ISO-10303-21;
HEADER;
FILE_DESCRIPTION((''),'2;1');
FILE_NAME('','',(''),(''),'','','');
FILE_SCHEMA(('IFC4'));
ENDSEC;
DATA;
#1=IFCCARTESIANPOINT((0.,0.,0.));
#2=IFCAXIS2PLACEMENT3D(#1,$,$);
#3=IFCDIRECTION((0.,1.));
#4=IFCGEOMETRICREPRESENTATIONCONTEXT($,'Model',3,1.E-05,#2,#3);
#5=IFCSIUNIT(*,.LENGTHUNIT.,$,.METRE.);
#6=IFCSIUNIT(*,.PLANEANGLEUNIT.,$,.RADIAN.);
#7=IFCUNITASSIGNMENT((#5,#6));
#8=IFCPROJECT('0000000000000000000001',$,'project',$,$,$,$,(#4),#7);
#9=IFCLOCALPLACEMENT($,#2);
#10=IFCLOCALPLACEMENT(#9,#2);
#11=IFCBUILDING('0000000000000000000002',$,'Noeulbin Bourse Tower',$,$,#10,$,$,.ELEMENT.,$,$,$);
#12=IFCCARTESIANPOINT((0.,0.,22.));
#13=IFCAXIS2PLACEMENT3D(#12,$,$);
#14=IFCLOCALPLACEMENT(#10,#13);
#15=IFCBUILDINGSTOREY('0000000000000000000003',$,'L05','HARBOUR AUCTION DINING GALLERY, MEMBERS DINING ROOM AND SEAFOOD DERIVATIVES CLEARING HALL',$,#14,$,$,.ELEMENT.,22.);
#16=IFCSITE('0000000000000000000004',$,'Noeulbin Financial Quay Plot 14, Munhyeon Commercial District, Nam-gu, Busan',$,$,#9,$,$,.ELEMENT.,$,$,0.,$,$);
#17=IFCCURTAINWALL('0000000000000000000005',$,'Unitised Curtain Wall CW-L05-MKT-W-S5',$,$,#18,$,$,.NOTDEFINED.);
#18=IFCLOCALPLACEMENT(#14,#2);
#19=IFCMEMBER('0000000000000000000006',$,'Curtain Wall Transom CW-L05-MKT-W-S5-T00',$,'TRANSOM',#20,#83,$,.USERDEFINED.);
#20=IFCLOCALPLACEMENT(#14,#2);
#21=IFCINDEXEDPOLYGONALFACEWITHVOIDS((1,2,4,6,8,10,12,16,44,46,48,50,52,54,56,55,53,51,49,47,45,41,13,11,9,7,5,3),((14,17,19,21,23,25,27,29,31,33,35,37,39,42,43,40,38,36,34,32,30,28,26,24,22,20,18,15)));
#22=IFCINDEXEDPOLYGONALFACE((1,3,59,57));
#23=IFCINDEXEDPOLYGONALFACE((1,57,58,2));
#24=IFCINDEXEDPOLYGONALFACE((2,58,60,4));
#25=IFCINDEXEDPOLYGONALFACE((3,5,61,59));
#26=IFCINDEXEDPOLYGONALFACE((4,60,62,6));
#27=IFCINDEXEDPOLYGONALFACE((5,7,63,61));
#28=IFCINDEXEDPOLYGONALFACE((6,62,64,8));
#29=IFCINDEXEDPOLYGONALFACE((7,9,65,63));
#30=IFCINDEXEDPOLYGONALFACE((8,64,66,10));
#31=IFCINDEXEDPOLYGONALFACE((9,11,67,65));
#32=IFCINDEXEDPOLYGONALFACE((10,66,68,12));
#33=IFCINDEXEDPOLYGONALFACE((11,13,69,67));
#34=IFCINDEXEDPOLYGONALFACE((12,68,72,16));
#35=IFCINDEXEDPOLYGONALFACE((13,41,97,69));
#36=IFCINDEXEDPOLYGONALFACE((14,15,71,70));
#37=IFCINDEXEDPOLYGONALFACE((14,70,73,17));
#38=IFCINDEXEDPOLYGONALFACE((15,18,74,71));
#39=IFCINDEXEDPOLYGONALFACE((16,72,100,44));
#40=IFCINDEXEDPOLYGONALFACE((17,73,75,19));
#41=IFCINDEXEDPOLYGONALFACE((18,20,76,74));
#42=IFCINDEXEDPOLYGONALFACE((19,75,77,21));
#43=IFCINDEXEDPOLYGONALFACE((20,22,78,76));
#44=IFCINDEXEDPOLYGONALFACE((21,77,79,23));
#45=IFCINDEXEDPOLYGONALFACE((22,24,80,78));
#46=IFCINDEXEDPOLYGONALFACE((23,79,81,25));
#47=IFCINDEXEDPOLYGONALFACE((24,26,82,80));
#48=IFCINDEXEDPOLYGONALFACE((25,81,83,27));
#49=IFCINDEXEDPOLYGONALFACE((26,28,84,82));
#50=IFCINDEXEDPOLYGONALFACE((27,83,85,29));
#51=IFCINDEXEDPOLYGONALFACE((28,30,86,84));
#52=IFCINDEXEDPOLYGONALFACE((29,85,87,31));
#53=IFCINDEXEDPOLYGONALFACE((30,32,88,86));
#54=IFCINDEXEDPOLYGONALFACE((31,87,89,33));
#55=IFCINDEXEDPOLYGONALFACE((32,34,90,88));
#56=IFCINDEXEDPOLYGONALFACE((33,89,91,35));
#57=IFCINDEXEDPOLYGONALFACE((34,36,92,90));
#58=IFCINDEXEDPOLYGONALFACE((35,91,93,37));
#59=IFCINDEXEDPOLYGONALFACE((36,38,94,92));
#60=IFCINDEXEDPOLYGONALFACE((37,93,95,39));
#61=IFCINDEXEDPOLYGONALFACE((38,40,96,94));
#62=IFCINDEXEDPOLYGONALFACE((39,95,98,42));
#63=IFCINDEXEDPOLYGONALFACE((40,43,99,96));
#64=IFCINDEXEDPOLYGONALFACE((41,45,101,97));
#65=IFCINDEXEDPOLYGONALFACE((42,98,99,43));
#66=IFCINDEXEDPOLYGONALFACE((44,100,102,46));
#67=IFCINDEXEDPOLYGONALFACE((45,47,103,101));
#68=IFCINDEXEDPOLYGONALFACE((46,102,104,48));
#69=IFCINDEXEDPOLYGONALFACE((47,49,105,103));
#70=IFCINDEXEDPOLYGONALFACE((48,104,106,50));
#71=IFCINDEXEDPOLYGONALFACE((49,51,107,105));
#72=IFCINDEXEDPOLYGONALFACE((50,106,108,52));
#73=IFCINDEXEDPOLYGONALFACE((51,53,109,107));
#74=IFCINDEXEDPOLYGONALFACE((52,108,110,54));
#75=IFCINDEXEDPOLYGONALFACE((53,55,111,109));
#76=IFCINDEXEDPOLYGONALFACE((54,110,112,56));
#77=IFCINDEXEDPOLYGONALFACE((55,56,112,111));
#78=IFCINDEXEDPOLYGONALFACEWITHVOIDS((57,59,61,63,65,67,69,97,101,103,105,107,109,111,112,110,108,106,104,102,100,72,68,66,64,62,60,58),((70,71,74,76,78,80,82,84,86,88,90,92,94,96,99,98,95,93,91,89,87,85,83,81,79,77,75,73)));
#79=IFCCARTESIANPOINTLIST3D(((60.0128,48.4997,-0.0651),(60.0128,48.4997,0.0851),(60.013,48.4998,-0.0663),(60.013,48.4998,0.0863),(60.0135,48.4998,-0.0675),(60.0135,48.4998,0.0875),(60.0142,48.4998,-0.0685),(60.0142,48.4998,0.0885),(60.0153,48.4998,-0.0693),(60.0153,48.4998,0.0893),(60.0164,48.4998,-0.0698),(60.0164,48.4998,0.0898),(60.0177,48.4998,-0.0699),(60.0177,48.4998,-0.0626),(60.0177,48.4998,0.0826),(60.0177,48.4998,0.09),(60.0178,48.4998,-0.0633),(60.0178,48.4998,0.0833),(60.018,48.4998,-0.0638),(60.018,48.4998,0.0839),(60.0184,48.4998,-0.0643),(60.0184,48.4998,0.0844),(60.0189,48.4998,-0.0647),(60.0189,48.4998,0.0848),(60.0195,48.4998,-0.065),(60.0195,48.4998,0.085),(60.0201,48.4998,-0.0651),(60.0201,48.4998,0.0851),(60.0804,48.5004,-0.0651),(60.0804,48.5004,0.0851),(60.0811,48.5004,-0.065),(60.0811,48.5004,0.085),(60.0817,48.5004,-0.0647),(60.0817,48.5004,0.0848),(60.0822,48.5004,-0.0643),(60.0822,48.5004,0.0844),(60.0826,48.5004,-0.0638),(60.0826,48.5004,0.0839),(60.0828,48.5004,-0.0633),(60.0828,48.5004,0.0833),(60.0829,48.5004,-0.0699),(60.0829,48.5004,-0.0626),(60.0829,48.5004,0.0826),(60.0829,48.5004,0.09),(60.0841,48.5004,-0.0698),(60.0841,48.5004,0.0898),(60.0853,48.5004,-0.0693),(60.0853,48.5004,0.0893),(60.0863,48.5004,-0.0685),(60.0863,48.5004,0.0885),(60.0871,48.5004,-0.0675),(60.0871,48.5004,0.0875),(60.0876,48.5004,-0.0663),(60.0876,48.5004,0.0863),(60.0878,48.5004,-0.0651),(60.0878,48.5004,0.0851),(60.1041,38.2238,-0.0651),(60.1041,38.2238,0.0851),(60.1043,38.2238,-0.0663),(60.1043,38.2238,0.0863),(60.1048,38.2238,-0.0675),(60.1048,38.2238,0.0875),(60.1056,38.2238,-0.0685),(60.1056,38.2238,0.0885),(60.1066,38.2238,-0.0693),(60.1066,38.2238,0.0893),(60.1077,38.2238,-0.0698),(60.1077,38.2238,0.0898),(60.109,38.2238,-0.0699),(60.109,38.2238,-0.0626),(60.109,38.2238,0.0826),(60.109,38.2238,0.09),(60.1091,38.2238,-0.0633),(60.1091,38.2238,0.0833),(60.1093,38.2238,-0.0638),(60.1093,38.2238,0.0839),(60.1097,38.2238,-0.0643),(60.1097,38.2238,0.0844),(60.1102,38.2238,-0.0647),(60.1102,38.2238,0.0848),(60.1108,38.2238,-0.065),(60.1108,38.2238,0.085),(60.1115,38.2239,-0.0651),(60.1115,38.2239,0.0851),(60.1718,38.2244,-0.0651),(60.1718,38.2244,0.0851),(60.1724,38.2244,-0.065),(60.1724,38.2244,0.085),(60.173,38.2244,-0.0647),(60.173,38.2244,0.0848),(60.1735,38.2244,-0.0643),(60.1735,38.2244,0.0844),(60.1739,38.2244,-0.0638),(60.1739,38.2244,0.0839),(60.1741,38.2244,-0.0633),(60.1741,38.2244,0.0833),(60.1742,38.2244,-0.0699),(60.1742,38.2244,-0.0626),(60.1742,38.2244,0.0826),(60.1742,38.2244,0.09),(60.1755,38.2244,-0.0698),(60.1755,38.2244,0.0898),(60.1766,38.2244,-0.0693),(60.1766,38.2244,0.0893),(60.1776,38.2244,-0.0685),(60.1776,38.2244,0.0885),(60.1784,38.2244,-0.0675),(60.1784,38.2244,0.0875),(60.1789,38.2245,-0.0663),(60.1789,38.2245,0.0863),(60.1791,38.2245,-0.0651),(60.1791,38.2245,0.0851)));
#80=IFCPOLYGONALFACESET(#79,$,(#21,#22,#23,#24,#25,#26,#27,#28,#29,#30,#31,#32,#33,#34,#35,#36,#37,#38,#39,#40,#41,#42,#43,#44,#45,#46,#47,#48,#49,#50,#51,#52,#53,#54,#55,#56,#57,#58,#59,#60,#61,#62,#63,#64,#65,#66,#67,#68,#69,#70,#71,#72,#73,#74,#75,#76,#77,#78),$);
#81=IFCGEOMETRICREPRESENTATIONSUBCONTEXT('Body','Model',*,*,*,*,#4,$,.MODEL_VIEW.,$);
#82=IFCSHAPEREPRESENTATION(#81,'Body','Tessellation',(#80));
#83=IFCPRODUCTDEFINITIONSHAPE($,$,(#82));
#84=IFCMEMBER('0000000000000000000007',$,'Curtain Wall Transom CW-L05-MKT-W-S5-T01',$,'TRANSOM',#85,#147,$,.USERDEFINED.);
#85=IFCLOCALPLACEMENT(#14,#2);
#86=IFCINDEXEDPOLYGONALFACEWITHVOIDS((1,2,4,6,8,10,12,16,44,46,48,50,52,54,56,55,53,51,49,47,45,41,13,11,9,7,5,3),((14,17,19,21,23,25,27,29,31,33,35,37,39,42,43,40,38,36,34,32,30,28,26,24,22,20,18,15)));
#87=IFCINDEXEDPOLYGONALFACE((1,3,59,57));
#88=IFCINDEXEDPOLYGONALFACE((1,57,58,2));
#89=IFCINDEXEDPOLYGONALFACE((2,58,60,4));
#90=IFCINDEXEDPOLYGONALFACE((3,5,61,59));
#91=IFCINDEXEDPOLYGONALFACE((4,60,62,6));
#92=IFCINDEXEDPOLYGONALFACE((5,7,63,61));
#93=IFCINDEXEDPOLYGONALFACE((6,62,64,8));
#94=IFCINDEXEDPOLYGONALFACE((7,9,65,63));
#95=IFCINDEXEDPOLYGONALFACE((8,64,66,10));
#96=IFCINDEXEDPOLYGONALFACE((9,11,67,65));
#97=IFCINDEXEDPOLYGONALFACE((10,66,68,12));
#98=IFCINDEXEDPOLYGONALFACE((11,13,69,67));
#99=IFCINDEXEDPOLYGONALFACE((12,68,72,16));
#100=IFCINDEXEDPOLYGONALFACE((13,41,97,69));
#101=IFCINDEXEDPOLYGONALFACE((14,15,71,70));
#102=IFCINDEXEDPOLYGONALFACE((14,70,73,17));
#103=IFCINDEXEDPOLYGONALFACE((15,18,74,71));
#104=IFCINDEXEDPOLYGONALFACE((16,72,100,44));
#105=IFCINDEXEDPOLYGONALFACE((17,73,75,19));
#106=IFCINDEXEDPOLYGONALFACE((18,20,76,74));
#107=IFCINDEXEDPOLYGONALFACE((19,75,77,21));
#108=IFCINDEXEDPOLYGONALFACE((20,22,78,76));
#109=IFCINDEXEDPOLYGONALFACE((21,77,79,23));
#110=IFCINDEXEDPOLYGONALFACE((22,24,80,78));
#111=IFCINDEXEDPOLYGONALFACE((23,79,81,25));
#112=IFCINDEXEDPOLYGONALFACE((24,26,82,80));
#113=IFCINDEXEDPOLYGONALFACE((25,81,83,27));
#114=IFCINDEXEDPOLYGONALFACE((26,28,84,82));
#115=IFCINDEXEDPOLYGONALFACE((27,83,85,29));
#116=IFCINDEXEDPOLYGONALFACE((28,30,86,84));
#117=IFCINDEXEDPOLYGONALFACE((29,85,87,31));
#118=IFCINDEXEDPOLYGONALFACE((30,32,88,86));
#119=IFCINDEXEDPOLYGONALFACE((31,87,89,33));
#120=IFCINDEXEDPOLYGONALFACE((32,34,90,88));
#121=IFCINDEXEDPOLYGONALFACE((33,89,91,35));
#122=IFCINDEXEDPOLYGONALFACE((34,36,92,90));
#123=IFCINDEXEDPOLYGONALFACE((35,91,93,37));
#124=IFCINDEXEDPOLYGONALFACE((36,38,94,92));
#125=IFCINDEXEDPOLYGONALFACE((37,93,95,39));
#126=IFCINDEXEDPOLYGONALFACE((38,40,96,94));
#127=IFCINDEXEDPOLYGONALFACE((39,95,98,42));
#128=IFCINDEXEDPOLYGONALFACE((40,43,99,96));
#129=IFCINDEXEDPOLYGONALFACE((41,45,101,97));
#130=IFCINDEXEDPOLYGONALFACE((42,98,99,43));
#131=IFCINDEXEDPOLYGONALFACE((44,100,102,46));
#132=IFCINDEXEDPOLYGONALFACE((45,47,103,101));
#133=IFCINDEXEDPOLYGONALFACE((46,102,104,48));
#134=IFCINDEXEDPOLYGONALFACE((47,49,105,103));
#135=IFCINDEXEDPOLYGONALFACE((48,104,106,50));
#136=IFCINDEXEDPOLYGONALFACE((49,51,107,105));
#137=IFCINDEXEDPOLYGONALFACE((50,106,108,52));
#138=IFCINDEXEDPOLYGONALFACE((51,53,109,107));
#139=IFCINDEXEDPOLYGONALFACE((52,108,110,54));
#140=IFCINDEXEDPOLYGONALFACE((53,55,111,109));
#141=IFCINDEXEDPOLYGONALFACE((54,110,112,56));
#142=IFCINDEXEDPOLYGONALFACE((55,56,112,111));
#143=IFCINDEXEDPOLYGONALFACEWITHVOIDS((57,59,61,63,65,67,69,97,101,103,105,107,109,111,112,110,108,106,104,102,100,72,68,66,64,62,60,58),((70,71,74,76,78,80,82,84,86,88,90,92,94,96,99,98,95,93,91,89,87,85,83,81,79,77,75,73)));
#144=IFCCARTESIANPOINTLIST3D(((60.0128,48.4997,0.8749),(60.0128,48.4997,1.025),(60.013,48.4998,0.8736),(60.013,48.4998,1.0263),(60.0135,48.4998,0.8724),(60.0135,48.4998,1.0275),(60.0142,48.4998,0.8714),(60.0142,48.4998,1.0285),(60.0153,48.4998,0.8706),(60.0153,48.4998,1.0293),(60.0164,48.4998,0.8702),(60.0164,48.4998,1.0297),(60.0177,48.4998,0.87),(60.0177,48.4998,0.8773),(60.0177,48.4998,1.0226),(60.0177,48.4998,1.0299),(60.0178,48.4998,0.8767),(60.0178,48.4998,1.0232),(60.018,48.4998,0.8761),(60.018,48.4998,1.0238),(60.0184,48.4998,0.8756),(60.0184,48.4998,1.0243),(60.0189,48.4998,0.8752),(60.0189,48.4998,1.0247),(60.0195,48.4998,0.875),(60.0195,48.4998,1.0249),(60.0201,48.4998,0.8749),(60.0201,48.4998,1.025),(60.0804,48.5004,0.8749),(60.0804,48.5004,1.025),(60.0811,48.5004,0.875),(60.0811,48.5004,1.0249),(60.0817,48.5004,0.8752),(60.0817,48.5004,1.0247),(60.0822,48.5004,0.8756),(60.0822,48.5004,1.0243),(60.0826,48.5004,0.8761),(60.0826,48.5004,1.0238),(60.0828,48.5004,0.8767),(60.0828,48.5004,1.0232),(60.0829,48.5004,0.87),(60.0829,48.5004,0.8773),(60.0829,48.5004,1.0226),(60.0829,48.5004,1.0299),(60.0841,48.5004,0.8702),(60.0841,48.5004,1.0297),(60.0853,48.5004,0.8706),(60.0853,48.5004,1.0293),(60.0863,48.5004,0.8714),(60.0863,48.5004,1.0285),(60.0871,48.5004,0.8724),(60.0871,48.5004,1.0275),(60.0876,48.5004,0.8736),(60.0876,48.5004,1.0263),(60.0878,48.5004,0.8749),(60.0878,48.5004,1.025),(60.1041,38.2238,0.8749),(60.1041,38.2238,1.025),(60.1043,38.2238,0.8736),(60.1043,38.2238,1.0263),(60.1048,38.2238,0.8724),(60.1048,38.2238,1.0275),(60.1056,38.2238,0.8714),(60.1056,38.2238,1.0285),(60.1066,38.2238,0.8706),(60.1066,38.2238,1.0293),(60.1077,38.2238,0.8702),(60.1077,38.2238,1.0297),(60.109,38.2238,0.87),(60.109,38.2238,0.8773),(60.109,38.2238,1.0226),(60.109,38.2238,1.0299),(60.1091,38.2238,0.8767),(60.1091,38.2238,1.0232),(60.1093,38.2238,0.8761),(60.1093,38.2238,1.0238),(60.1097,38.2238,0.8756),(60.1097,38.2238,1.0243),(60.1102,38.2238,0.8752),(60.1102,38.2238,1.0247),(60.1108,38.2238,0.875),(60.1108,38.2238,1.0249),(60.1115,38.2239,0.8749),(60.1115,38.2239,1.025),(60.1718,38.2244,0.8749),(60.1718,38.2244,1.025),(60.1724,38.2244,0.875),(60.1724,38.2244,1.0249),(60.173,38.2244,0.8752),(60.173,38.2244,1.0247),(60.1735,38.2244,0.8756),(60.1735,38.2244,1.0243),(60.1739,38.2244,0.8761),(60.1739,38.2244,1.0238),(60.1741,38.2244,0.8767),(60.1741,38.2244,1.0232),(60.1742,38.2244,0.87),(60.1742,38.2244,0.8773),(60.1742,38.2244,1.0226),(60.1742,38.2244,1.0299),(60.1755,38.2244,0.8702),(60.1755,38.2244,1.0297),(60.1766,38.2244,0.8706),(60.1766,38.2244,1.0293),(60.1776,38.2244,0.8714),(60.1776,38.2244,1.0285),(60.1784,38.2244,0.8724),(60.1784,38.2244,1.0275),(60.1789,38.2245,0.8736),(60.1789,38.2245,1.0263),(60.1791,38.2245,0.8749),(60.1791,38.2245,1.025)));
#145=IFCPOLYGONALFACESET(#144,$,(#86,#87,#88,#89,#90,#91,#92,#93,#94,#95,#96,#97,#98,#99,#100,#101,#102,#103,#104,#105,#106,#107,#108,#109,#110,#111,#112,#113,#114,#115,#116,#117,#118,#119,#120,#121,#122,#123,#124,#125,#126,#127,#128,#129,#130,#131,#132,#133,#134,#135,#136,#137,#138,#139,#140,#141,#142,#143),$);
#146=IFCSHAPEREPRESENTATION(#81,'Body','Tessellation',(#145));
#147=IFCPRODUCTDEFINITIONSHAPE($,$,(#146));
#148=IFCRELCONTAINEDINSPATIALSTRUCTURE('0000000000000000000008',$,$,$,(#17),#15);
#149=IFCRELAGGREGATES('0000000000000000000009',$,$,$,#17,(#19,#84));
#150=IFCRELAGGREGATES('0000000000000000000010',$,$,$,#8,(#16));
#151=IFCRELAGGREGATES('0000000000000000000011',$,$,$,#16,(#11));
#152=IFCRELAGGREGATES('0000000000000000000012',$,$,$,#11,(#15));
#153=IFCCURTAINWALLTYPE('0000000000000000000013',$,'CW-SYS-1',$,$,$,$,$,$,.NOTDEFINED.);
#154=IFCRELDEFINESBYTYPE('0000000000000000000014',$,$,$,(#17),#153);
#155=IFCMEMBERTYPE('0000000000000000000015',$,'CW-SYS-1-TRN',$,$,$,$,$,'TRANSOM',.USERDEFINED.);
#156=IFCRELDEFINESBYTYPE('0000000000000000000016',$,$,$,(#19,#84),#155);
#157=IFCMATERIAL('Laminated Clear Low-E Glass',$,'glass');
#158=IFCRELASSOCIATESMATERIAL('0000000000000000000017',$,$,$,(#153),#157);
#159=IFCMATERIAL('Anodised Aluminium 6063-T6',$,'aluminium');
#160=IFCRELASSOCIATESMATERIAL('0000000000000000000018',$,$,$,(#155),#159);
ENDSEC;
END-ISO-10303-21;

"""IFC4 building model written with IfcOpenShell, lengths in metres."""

from ifc_helpers import new_model, si_unit, direction, frame, origin, origin_2d, place, context, subcontext, project, spatial, hollow_rectangle, extrude, material, material_profile, profile_set, type_object, element, aggregate, save


model = new_model("IFC4")

# Units and contexts
model_context = context("Model", 3, precision=1e-05, world=origin(), true_north=direction((0.0, 1.0)))
body_context = subcontext(model_context, "Body", "Model", "MODEL_VIEW")
ifc_project = project(units=[si_unit("LENGTHUNIT", "METRE"), si_unit("PLANEANGLEUNIT", "RADIAN")], contexts=[model_context])

# Site, building, storey
site_placement = place(None, origin())
site = spatial("IfcSite", under=ifc_project, at=site_placement, Name="Noeulbin Financial Quay Plot 14, Munhyeon Commercial District, Nam-gu, Busan", CompositionType="ELEMENT", RefElevation=0.0)
building_placement = place(site_placement, origin())
building = spatial("IfcBuilding", under=site, at=building_placement, Name="Noeulbin Bourse Tower", CompositionType="ELEMENT")
storey_placement = place(building_placement, frame((0.0, 0.0, 22.0)))
storey = spatial("IfcBuildingStorey", under=building, at=storey_placement, Name="L05", Description="HARBOUR AUCTION DINING GALLERY, MEMBERS DINING ROOM AND SEAFOOD DERIVATIVES CLEARING HALL", CompositionType="ELEMENT", Elevation=22.0)

# Curtain wall
ifc_material_1 = material(Name="Laminated Clear Low-E Glass", Category="glass")
curtain_wall_type_1 = type_object("IfcCurtainWallType", Name="CW-SYS-1", PredefinedType="NOTDEFINED", material=ifc_material_1)
ifc_material_2 = material(Name="Anodised Aluminium 6063-T6", Category="aluminium")
curtain_wall_1_placement = place(storey_placement, origin())
curtain_wall_1 = element("IfcCurtainWall", 1, at=curtain_wall_1_placement, inside=storey, type_object=curtain_wall_type_1, Name="Unitised Curtain Wall CW-L05-MKT-W-S5", PredefinedType="NOTDEFINED")

# Members
ifc_material_profile_1 = material_profile(ifc_material_2, hollow_rectangle(XDim=0.075, YDim=0.1599, WallThickness=0.0049, InnerFilletRadius=0.0024, OuterFilletRadius=0.0049, at=origin_2d()), Name="ALU-TRAN-75x160x5", Category="LoadBearing")
ifc_profile_set_1 = profile_set([ifc_material_profile_1], Name="Anodised Aluminium 6063-T6")
member_type_1 = type_object("IfcMemberType", Name="CW-SYS-1-TRN", ElementType="TRANSOM", PredefinedType="USERDEFINED", material=ifc_profile_set_1)
member_1_placement = place(storey_placement, frame((60.1416, 38.2241, 0.01), z_axis=(-0.008885, 0.999961, 0.0), x_axis=(-0.999961, -0.008885, 0.0)))
member_1 = element("IfcMember", 2, at=member_1_placement, type_object=member_type_1, Name="Curtain Wall Transom CW-L05-MKT-W-S5-T00", ObjectType="TRANSOM", PredefinedType="USERDEFINED", context=body_context, shape_type="SweptSolid", body=[
    extrude(hollow_rectangle(XDim=0.075, YDim=0.1599, WallThickness=0.0049, InnerFilletRadius=0.0024, OuterFilletRadius=0.0049, at=origin_2d()), origin(), (0.0, 0.0, 1.0), 10.2764),
])
member_2_placement = place(storey_placement, frame((60.1416, 38.2241, 0.95), z_axis=(-0.008885, 0.999961, 0.0), x_axis=(-0.999961, -0.008885, 0.0)))
member_2 = element("IfcMember", 3, at=member_2_placement, type_object=member_type_1, Name="Curtain Wall Transom CW-L05-MKT-W-S5-T01", ObjectType="TRANSOM", PredefinedType="USERDEFINED", context=body_context, shape_type="SweptSolid", body=[
    extrude(hollow_rectangle(XDim=0.075, YDim=0.1599, WallThickness=0.0049, InnerFilletRadius=0.0024, OuterFilletRadius=0.0049, at=origin_2d()), origin(), (0.0, 0.0, 1.0), 10.2764),
])

aggregate(curtain_wall_1, [member_1, member_2])

save(model, "model.ifc")
